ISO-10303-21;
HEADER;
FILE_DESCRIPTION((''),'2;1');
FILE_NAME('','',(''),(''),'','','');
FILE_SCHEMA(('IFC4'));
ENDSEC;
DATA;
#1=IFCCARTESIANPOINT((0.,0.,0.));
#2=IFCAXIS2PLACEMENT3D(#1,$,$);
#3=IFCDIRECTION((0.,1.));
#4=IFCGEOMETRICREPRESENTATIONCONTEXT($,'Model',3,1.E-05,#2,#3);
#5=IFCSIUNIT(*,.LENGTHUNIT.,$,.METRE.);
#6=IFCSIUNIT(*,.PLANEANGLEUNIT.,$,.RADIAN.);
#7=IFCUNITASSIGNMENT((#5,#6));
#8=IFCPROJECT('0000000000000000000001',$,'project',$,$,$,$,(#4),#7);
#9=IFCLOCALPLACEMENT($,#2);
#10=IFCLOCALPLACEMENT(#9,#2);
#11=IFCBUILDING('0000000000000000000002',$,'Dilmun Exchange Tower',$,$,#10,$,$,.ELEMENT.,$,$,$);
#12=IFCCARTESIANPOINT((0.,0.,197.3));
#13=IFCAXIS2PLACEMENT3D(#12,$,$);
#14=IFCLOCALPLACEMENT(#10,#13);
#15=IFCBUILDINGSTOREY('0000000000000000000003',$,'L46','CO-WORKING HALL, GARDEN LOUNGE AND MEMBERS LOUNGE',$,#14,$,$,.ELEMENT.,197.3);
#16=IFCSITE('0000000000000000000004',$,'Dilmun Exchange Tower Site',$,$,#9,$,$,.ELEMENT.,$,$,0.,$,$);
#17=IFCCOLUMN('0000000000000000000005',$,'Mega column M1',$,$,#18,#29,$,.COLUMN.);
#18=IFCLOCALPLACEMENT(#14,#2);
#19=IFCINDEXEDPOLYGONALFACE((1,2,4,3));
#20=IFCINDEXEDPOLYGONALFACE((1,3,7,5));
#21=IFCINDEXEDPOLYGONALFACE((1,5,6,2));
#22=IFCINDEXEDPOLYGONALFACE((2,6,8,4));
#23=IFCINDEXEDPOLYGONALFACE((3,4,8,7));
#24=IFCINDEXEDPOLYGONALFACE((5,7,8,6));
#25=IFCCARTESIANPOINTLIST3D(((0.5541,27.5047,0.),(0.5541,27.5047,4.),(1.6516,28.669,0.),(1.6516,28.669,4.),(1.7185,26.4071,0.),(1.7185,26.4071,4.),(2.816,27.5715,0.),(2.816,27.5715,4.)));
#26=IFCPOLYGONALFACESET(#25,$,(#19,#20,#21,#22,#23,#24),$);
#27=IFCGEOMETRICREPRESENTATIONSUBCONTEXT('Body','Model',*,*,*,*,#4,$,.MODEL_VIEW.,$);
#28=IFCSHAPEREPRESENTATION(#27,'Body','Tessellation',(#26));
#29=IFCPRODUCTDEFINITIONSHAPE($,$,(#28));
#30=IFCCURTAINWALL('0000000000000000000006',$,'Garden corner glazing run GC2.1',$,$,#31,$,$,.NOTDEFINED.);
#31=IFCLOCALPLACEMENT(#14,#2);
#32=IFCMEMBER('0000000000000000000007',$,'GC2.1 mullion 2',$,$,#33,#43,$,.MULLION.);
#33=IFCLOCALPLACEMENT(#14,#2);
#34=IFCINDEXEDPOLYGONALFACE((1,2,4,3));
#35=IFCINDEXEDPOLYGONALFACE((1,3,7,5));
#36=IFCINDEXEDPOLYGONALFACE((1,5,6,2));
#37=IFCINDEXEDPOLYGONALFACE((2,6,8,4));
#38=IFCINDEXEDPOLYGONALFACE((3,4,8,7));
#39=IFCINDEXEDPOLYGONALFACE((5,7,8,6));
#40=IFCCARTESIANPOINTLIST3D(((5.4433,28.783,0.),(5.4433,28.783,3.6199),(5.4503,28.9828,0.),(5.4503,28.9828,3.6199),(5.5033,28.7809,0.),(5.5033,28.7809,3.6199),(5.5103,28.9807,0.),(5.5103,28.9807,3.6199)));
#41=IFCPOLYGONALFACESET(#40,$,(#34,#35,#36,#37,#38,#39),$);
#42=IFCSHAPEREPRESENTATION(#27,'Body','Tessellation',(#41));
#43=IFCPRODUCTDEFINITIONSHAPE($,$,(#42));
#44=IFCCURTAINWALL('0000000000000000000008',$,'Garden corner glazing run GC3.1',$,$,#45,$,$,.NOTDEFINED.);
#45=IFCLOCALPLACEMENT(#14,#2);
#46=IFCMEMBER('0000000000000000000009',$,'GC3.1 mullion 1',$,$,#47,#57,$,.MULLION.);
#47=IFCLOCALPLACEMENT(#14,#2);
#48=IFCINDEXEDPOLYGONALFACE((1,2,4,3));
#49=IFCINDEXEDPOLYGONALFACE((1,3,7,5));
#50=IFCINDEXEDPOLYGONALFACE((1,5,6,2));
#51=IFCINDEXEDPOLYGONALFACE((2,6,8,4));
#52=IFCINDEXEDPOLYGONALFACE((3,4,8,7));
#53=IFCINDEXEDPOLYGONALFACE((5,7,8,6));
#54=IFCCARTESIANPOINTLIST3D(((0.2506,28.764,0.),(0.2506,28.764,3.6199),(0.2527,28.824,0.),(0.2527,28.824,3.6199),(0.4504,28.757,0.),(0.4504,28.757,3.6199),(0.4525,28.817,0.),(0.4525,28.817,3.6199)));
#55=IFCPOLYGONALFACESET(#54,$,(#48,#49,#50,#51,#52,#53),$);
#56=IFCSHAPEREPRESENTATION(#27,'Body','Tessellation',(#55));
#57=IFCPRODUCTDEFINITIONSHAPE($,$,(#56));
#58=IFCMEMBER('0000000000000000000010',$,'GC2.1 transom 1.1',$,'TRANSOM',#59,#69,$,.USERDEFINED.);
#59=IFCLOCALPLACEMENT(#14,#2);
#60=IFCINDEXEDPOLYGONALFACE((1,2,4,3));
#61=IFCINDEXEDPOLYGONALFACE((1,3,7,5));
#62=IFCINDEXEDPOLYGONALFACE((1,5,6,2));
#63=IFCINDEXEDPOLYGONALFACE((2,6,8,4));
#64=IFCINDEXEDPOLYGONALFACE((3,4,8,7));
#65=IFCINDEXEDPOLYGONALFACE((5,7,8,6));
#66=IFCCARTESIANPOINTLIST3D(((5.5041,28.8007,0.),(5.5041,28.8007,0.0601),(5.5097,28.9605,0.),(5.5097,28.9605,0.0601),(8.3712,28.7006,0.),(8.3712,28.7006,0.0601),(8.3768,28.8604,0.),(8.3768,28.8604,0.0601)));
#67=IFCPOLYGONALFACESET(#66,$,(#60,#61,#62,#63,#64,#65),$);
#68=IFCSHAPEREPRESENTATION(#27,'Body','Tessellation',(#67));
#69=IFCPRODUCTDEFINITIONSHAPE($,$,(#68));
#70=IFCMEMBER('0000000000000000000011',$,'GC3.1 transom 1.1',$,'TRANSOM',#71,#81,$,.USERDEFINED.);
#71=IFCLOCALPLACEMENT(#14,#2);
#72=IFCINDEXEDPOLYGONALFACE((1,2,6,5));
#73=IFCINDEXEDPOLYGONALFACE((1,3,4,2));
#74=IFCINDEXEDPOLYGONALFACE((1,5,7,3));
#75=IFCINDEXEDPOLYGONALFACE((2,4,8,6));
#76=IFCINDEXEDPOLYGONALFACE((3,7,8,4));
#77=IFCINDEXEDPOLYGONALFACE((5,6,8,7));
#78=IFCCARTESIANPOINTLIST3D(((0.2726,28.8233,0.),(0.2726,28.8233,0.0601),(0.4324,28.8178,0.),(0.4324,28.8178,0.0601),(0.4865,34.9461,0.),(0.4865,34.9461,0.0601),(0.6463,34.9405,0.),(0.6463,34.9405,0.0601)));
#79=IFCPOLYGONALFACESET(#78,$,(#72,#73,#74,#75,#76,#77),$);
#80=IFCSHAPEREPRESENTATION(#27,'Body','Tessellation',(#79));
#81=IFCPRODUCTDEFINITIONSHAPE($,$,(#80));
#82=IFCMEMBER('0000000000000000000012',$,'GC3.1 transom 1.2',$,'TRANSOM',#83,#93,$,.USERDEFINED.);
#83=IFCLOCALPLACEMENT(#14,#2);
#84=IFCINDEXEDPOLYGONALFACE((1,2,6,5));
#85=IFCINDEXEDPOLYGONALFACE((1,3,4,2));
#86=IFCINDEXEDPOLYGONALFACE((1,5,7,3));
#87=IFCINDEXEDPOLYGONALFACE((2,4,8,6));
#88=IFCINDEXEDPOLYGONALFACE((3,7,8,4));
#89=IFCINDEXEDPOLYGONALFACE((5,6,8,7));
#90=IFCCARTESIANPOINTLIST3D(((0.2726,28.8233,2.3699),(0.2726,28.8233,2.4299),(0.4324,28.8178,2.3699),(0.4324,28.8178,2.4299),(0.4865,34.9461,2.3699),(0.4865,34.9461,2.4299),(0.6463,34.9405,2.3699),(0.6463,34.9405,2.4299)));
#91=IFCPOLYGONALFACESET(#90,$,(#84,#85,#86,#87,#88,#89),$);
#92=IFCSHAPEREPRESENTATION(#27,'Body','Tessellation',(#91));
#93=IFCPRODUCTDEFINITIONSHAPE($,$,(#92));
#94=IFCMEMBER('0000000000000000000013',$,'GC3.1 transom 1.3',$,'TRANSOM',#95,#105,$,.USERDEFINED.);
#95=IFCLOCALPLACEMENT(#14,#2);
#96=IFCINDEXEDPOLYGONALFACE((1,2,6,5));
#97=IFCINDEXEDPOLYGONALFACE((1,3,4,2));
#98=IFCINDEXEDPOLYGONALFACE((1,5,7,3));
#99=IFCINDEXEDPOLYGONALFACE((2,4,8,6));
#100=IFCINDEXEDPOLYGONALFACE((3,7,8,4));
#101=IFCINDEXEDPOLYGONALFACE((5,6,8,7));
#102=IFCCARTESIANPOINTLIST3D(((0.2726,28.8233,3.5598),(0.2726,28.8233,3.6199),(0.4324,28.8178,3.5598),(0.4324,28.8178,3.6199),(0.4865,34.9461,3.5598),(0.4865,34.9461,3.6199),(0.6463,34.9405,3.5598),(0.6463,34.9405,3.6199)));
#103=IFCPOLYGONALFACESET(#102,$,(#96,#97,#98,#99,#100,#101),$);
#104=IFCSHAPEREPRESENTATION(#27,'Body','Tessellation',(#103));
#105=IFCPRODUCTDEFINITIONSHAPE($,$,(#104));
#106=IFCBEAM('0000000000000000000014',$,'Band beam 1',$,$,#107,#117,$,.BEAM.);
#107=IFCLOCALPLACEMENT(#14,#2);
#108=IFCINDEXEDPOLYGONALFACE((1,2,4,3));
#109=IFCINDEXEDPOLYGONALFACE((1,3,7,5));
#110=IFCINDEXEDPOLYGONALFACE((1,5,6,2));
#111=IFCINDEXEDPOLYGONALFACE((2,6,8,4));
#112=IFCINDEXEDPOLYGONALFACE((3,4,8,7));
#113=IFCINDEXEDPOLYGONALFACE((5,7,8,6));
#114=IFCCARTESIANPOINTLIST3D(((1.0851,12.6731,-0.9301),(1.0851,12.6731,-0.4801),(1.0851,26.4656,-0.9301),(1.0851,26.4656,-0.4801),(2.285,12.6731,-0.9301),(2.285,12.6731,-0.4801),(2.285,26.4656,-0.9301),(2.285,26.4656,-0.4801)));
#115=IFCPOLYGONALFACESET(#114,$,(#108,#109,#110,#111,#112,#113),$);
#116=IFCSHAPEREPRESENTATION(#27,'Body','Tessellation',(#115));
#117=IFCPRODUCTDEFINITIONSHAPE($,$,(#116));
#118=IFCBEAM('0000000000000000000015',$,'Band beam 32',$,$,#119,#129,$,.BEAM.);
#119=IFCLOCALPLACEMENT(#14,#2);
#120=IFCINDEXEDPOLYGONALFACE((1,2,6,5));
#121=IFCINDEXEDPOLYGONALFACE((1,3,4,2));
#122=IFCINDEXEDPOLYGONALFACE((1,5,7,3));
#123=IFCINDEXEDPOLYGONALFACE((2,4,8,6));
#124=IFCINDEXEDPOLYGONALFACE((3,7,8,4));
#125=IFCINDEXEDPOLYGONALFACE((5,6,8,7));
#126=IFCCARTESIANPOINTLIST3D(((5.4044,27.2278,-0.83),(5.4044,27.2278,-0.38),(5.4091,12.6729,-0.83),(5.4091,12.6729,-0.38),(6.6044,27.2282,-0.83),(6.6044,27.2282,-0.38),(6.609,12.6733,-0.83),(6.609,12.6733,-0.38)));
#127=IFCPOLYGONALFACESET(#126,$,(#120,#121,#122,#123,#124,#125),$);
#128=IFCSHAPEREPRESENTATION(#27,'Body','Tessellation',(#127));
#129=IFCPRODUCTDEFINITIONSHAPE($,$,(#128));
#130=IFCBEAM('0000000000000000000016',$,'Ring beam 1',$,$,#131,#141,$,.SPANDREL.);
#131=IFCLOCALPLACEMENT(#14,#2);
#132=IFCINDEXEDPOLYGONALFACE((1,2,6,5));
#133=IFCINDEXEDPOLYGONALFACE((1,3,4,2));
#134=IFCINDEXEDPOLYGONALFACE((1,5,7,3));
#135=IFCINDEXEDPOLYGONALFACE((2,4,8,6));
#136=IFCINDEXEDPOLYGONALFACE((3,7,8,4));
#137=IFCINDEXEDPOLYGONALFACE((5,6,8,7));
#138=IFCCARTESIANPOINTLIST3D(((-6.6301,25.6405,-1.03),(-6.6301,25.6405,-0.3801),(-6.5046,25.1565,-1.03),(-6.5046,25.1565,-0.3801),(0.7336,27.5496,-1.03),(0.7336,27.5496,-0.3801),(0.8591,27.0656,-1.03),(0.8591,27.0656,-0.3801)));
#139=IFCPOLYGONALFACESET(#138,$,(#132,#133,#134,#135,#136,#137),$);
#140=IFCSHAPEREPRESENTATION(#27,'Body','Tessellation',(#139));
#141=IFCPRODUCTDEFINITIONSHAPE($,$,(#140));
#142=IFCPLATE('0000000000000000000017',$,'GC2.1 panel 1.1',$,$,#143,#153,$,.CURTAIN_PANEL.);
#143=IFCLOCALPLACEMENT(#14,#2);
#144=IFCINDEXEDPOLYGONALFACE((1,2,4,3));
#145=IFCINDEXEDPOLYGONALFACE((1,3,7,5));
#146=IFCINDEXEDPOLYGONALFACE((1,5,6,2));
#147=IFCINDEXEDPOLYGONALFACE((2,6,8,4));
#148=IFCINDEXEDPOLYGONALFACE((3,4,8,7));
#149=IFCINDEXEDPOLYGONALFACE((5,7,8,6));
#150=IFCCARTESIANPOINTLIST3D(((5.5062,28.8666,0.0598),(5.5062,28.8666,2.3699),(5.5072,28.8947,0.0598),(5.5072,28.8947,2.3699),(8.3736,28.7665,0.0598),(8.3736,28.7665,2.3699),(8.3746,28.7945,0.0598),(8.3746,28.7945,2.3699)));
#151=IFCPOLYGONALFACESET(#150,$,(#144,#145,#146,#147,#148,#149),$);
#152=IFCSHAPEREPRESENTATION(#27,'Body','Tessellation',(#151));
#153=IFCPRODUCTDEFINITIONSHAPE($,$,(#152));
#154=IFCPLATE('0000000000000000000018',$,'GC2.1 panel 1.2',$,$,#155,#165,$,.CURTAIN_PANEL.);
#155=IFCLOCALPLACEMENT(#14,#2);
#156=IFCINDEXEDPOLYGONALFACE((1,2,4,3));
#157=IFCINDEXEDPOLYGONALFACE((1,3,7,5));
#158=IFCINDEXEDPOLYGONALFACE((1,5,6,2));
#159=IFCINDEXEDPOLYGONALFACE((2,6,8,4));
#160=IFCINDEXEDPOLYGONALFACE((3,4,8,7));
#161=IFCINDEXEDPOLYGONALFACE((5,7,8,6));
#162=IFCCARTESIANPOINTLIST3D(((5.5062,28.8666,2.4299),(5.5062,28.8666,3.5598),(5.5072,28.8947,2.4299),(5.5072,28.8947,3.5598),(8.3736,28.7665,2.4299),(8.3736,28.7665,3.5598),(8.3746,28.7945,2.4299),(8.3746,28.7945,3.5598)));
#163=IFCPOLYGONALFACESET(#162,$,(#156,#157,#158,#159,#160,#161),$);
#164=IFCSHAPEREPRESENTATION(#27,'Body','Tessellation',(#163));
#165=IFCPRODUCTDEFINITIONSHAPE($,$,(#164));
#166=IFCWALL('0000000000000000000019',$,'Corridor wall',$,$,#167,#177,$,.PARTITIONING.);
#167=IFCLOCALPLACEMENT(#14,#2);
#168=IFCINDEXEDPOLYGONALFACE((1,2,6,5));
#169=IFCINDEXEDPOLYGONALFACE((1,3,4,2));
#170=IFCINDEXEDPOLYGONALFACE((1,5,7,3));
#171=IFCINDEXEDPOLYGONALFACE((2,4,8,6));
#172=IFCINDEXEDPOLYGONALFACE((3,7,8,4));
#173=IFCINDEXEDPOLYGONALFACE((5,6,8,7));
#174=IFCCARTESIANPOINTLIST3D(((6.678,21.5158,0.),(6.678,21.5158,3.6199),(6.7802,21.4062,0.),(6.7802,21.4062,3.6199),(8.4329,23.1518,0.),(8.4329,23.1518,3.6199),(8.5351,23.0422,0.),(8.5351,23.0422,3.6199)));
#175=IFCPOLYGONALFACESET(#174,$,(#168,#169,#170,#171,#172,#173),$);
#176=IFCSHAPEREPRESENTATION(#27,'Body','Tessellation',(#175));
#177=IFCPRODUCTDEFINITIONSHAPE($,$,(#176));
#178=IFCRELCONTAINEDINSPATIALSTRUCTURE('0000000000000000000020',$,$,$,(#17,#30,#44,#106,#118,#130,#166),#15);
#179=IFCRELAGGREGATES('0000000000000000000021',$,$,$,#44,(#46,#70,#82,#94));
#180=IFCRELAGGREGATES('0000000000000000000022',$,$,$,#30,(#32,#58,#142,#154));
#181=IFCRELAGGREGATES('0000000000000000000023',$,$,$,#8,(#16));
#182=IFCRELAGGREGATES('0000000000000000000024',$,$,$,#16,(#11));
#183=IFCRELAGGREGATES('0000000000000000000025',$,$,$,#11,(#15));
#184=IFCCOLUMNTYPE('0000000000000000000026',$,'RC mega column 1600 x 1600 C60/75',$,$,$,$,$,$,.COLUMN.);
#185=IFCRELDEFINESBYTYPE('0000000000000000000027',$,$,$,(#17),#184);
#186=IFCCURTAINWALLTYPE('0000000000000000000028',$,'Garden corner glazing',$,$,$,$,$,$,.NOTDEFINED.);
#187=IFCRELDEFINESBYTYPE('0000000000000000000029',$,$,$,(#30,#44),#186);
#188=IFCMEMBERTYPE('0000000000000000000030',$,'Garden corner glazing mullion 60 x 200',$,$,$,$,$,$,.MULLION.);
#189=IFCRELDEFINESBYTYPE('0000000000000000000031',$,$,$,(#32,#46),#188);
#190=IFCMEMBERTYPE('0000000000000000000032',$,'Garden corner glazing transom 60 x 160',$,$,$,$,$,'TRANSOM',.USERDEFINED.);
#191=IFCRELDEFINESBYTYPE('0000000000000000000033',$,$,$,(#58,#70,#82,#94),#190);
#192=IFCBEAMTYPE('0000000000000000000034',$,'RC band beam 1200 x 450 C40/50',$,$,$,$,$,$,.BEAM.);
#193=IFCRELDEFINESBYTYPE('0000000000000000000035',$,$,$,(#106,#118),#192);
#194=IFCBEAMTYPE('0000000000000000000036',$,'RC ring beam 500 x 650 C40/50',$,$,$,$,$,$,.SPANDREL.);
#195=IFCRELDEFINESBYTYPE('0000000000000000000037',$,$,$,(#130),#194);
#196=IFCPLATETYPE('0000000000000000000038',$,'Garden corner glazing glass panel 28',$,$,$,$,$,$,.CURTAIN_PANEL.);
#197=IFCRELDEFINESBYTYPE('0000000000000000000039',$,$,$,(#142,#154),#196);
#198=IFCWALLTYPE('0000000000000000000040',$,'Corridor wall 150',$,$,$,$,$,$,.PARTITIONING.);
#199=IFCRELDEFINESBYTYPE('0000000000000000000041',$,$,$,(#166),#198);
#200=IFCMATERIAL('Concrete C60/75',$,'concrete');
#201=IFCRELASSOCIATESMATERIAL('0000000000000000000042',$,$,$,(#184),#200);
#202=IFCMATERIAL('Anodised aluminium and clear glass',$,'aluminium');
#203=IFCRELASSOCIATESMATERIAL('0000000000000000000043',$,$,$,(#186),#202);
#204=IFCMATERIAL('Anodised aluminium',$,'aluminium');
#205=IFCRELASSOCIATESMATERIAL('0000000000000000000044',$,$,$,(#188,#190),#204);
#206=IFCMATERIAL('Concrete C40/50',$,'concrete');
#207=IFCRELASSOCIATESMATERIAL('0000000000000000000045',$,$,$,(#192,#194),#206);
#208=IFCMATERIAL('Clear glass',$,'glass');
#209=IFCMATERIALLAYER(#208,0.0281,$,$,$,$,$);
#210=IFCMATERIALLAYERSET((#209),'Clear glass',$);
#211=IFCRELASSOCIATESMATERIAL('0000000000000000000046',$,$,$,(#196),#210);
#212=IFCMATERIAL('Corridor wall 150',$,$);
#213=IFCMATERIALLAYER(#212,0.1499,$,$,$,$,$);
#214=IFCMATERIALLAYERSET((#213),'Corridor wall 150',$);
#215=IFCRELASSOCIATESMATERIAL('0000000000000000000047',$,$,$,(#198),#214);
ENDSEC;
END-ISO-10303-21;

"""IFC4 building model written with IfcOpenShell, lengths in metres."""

from ifc_helpers import new_model, si_unit, direction, frame, frame_2d, origin, origin_2d, place, context, subcontext, project, spatial, rectangle, extrude, material, layer, layer_set, material_profile, profile_set, type_object, element, aggregate, save


model = new_model("IFC4")

# Units and contexts
model_context = context("Model", 3, precision=1e-05, world=origin(), true_north=direction((0.0, 1.0)))
body_context = subcontext(model_context, "Body", "Model", "MODEL_VIEW")
ifc_project = project(units=[si_unit("LENGTHUNIT", "METRE"), si_unit("PLANEANGLEUNIT", "RADIAN")], contexts=[model_context])

# Site, building, storey
site_placement = place(None, origin())
site = spatial("IfcSite", under=ifc_project, at=site_placement, Name="Dilmun Exchange Tower Site", CompositionType="ELEMENT", RefElevation=0.0)
building_placement = place(site_placement, origin())
building = spatial("IfcBuilding", under=site, at=building_placement, Name="Dilmun Exchange Tower", CompositionType="ELEMENT")
storey_placement = place(building_placement, frame((0.0, 0.0, 197.3)))
storey = spatial("IfcBuildingStorey", under=building, at=storey_placement, Name="L46", Description="CO-WORKING HALL, GARDEN LOUNGE AND MEMBERS LOUNGE", CompositionType="ELEMENT", Elevation=197.3)

# Column
ifc_material_1 = material(Name="Concrete C60/75", Category="concrete")
ifc_material_profile_1 = material_profile(ifc_material_1, rectangle(XDim=1.6001, YDim=1.6001, at=origin_2d()), Name="1600 x 1600")
ifc_profile_set_1 = profile_set([ifc_material_profile_1], Name="Concrete C60/75")
column_type = type_object("IfcColumnType", Name="RC mega column 1600 x 1600 C60/75", PredefinedType="COLUMN", material=ifc_profile_set_1)
column_placement = place(storey_placement, frame((1.6851, 27.5381, 0.0), z_axis=(0.0, 0.0, 1.0), x_axis=(0.685916, 0.727681, 0.0)))
element("IfcColumn", 1, at=column_placement, inside=storey, type_object=column_type, Name="Mega column M1", PredefinedType="COLUMN", context=body_context, shape_type="SweptSolid", body=[
    extrude(rectangle(XDim=1.6001, YDim=1.6001, at=origin_2d()), origin(), (0.0, 0.0, 1.0), 4.0),
])

# Curtain walls, members
ifc_material_2 = material(Name="Anodised aluminium and clear glass", Category="aluminium")
curtain_wall_type = type_object("IfcCurtainWallType", Name="Garden corner glazing", PredefinedType="NOTDEFINED", material=ifc_material_2)
curtain_wall_1_placement = place(storey_placement, origin())
curtain_wall_1 = element("IfcCurtainWall", 2, at=curtain_wall_1_placement, inside=storey, type_object=curtain_wall_type, Name="Garden corner glazing run GC2.1", PredefinedType="NOTDEFINED")
ifc_material_3 = material(Name="Anodised aluminium", Category="aluminium")
ifc_material_profile_2 = material_profile(ifc_material_3, rectangle(XDim=0.2, YDim=0.0601, at=origin_2d()), Name="AL 60x200")
ifc_profile_set_2 = profile_set([ifc_material_profile_2], Name="Anodised aluminium")
member_type_1 = type_object("IfcMemberType", Name="Garden corner glazing mullion 60 x 200", PredefinedType="MULLION", material=ifc_profile_set_2)
member_1_placement = place(storey_placement, frame((5.4768, 28.8818, 0.0), z_axis=(0.0, 0.0, 1.0), x_axis=(-0.034893, -0.999391, 0.0)))
member_1 = element("IfcMember", 3, at=member_1_placement, type_object=member_type_1, Name="GC2.1 mullion 2", PredefinedType="MULLION", context=body_context, shape_type="SweptSolid", body=[
    extrude(rectangle(XDim=0.2, YDim=0.0601, at=origin_2d()), origin(), (0.0, 0.0, 1.0), 3.6199),
])
curtain_wall_2_placement = place(storey_placement, origin())
curtain_wall_2 = element("IfcCurtainWall", 4, at=curtain_wall_2_placement, inside=storey, type_object=curtain_wall_type, Name="Garden corner glazing run GC3.1", PredefinedType="NOTDEFINED")
member_2_placement = place(storey_placement, frame((0.3516, 28.7905, 0.0), z_axis=(0.0, 0.0, 1.0), x_axis=(-0.999391, 0.0349, 0.0)))
member_2 = element("IfcMember", 5, at=member_2_placement, type_object=member_type_1, Name="GC3.1 mullion 1", PredefinedType="MULLION", context=body_context, shape_type="SweptSolid", body=[
    extrude(rectangle(XDim=0.2, YDim=0.0601, at=origin_2d()), origin(), (0.0, 0.0, 1.0), 3.6199),
])

# Members
ifc_material_profile_3 = material_profile(ifc_material_3, rectangle(XDim=0.1599, YDim=0.0601, at=origin_2d()), Name="AL 60x160")
ifc_profile_set_3 = profile_set([ifc_material_profile_3], Name="Anodised aluminium")
member_type_2 = type_object("IfcMemberType", Name="Garden corner glazing transom 60 x 160", ElementType="TRANSOM", PredefinedType="USERDEFINED", material=ifc_profile_set_3)
member_3_placement = place(storey_placement, frame((8.374, 28.7805, 0.03), z_axis=(-0.999391, 0.03489, 0.0), x_axis=(-0.03489, -0.999391, 0.0)))
member_3 = element("IfcMember", 6, at=member_3_placement, type_object=member_type_2, Name="GC2.1 transom 1.1", ObjectType="TRANSOM", PredefinedType="USERDEFINED", context=body_context, shape_type="SweptSolid", body=[
    extrude(rectangle(XDim=0.1599, YDim=0.0601, at=origin_2d()), origin(), (0.0, 0.0, 1.0), 2.8689),
])
member_4_placement = place(storey_placement, frame((0.3525, 28.8206, 0.03), z_axis=(0.034908, 0.999391, 0.0), x_axis=(-0.999391, 0.034908, 0.0)))
member_4 = element("IfcMember", 7, at=member_4_placement, type_object=member_type_2, Name="GC3.1 transom 1.1", ObjectType="TRANSOM", PredefinedType="USERDEFINED", context=body_context, shape_type="SweptSolid", body=[
    extrude(rectangle(XDim=0.1599, YDim=0.0601, at=origin_2d()), origin(), (0.0, 0.0, 1.0), 6.1265),
])
member_5_placement = place(storey_placement, frame((0.3525, 28.8206, 2.3999), z_axis=(0.034908, 0.999391, 0.0), x_axis=(-0.999391, 0.034908, 0.0)))
member_5 = element("IfcMember", 8, at=member_5_placement, type_object=member_type_2, Name="GC3.1 transom 1.2", ObjectType="TRANSOM", PredefinedType="USERDEFINED", context=body_context, shape_type="SweptSolid", body=[
    extrude(rectangle(XDim=0.1599, YDim=0.0601, at=origin_2d()), origin(), (0.0, 0.0, 1.0), 6.1265),
])
member_6_placement = place(storey_placement, frame((0.3525, 28.8206, 3.5898), z_axis=(0.034908, 0.999391, 0.0), x_axis=(-0.999391, 0.034908, 0.0)))
member_6 = element("IfcMember", 9, at=member_6_placement, type_object=member_type_2, Name="GC3.1 transom 1.3", ObjectType="TRANSOM", PredefinedType="USERDEFINED", context=body_context, shape_type="SweptSolid", body=[
    extrude(rectangle(XDim=0.1599, YDim=0.0601, at=origin_2d()), origin(), (0.0, 0.0, 1.0), 6.1265),
])
aggregate(curtain_wall_2, [member_2, member_4, member_5, member_6])

# Beams
ifc_material_4 = material(Name="Concrete C40/50", Category="concrete")
ifc_material_profile_4 = material_profile(ifc_material_4, rectangle(XDim=1.2, YDim=0.45, at=origin_2d()), Name="1200 x 450")
ifc_profile_set_4 = profile_set([ifc_material_profile_4], Name="Concrete C40/50")
beam_type_1 = type_object("IfcBeamType", Name="RC band beam 1200 x 450 C40/50", PredefinedType="BEAM", material=ifc_profile_set_4)
beam_1_placement = place(storey_placement, frame((1.6851, 26.4656, -0.7051), z_axis=(0.0, -1.0, 0.0), x_axis=(1.0, 0.0, 0.0)))
element("IfcBeam", 10, at=beam_1_placement, inside=storey, type_object=beam_type_1, Name="Band beam 1", PredefinedType="BEAM", context=body_context, shape_type="SweptSolid", body=[
    extrude(rectangle(XDim=1.2, YDim=0.45, at=origin_2d()), origin(), (0.0, 0.0, 1.0), 13.7925),
])
beam_2_placement = place(storey_placement, frame((6.0044, 27.228, -0.605), z_axis=(0.000319, -1.0, 0.0), x_axis=(1.0, 0.000319, 0.0)))
element("IfcBeam", 11, at=beam_2_placement, inside=storey, type_object=beam_type_1, Name="Band beam 32", PredefinedType="BEAM", context=body_context, shape_type="SweptSolid", body=[
    extrude(rectangle(XDim=1.2, YDim=0.45, at=origin_2d()), origin(), (0.0, 0.0, 1.0), 14.5549),
])
ifc_material_profile_5 = material_profile(ifc_material_4, rectangle(XDim=0.5, YDim=0.6499, at=origin_2d()), Name="500 x 650")
ifc_profile_set_5 = profile_set([ifc_material_profile_5], Name="Concrete C40/50")
beam_type_2 = type_object("IfcBeamType", Name="RC ring beam 500 x 650 C40/50", PredefinedType="SPANDREL", material=ifc_profile_set_5)
beam_3_placement = place(storey_placement, frame((0.7964, 27.3076, -0.7051), z_axis=(-0.967995, -0.250969, 0.0), x_axis=(0.250969, -0.967995, 0.0)))
element("IfcBeam", 12, at=beam_3_placement, inside=storey, type_object=beam_type_2, Name="Ring beam 1", PredefinedType="SPANDREL", context=body_context, shape_type="SweptSolid", body=[
    extrude(rectangle(XDim=0.5, YDim=0.6499, at=origin_2d()), origin(), (0.0, 0.0, 1.0), 7.6072),
])

# Plates
ifc_material_5 = material(Name="Clear glass", Category="glass")
ifc_layer_1 = layer(ifc_material_5, 0.0281)
ifc_layer_set_1 = layer_set([ifc_layer_1], Name="Clear glass")
plate_type = type_object("IfcPlateType", Name="Garden corner glazing glass panel 28", PredefinedType="CURTAIN_PANEL", material=ifc_layer_set_1)
plate_1_placement = place(storey_placement, frame((6.9404, 28.8306, 0.0598), z_axis=(0.0, 0.0, 1.0), x_axis=(-0.999391, 0.034893, 0.0)))
plate_1 = element("IfcPlate", 13, at=plate_1_placement, type_object=plate_type, Name="GC2.1 panel 1.1", PredefinedType="CURTAIN_PANEL", context=body_context, shape_type="SweptSolid", body=[
    extrude(rectangle(XDim=2.8691, YDim=0.0281, at=origin_2d()), origin(), (0.0, 0.0, 1.0), 2.3101),
])
plate_2_placement = place(storey_placement, frame((6.9404, 28.8306, 2.4299), z_axis=(0.0, 0.0, 1.0), x_axis=(-0.999391, 0.034893, 0.0)))
plate_2 = element("IfcPlate", 14, at=plate_2_placement, type_object=plate_type, Name="GC2.1 panel 1.2", PredefinedType="CURTAIN_PANEL", context=body_context, shape_type="SweptSolid", body=[
    extrude(rectangle(XDim=2.8691, YDim=0.0281, at=origin_2d()), origin(), (0.0, 0.0, 1.0), 1.1299),
])
aggregate(curtain_wall_1, [member_1, member_3, plate_1, plate_2])

# Wall
ifc_material_6 = material(Name="Corridor wall 150")
ifc_layer_2 = layer(ifc_material_6, 0.1499)
ifc_layer_set_2 = layer_set([ifc_layer_2], Name="Corridor wall 150")
wall_type = type_object("IfcWallType", Name="Corridor wall 150", PredefinedType="PARTITIONING", material=ifc_layer_set_2)
wall_1_placement = place(storey_placement, frame((6.729, 21.4609, 0.0), z_axis=(0.0, 0.0, 1.0), x_axis=(0.731451, 0.681894, 0.0)))
element("IfcWall", 15, at=wall_1_placement, inside=storey, type_object=wall_type, Name="Corridor wall", PredefinedType="PARTITIONING", context=body_context, shape_type="SweptSolid", body=[
    extrude(rectangle(XDim=2.3992, YDim=0.1499, at=frame_2d((1.1997, 0.0))), origin(), (0.0, 0.0, 1.0), 3.6199),
])

save(model, "model.ifc")
